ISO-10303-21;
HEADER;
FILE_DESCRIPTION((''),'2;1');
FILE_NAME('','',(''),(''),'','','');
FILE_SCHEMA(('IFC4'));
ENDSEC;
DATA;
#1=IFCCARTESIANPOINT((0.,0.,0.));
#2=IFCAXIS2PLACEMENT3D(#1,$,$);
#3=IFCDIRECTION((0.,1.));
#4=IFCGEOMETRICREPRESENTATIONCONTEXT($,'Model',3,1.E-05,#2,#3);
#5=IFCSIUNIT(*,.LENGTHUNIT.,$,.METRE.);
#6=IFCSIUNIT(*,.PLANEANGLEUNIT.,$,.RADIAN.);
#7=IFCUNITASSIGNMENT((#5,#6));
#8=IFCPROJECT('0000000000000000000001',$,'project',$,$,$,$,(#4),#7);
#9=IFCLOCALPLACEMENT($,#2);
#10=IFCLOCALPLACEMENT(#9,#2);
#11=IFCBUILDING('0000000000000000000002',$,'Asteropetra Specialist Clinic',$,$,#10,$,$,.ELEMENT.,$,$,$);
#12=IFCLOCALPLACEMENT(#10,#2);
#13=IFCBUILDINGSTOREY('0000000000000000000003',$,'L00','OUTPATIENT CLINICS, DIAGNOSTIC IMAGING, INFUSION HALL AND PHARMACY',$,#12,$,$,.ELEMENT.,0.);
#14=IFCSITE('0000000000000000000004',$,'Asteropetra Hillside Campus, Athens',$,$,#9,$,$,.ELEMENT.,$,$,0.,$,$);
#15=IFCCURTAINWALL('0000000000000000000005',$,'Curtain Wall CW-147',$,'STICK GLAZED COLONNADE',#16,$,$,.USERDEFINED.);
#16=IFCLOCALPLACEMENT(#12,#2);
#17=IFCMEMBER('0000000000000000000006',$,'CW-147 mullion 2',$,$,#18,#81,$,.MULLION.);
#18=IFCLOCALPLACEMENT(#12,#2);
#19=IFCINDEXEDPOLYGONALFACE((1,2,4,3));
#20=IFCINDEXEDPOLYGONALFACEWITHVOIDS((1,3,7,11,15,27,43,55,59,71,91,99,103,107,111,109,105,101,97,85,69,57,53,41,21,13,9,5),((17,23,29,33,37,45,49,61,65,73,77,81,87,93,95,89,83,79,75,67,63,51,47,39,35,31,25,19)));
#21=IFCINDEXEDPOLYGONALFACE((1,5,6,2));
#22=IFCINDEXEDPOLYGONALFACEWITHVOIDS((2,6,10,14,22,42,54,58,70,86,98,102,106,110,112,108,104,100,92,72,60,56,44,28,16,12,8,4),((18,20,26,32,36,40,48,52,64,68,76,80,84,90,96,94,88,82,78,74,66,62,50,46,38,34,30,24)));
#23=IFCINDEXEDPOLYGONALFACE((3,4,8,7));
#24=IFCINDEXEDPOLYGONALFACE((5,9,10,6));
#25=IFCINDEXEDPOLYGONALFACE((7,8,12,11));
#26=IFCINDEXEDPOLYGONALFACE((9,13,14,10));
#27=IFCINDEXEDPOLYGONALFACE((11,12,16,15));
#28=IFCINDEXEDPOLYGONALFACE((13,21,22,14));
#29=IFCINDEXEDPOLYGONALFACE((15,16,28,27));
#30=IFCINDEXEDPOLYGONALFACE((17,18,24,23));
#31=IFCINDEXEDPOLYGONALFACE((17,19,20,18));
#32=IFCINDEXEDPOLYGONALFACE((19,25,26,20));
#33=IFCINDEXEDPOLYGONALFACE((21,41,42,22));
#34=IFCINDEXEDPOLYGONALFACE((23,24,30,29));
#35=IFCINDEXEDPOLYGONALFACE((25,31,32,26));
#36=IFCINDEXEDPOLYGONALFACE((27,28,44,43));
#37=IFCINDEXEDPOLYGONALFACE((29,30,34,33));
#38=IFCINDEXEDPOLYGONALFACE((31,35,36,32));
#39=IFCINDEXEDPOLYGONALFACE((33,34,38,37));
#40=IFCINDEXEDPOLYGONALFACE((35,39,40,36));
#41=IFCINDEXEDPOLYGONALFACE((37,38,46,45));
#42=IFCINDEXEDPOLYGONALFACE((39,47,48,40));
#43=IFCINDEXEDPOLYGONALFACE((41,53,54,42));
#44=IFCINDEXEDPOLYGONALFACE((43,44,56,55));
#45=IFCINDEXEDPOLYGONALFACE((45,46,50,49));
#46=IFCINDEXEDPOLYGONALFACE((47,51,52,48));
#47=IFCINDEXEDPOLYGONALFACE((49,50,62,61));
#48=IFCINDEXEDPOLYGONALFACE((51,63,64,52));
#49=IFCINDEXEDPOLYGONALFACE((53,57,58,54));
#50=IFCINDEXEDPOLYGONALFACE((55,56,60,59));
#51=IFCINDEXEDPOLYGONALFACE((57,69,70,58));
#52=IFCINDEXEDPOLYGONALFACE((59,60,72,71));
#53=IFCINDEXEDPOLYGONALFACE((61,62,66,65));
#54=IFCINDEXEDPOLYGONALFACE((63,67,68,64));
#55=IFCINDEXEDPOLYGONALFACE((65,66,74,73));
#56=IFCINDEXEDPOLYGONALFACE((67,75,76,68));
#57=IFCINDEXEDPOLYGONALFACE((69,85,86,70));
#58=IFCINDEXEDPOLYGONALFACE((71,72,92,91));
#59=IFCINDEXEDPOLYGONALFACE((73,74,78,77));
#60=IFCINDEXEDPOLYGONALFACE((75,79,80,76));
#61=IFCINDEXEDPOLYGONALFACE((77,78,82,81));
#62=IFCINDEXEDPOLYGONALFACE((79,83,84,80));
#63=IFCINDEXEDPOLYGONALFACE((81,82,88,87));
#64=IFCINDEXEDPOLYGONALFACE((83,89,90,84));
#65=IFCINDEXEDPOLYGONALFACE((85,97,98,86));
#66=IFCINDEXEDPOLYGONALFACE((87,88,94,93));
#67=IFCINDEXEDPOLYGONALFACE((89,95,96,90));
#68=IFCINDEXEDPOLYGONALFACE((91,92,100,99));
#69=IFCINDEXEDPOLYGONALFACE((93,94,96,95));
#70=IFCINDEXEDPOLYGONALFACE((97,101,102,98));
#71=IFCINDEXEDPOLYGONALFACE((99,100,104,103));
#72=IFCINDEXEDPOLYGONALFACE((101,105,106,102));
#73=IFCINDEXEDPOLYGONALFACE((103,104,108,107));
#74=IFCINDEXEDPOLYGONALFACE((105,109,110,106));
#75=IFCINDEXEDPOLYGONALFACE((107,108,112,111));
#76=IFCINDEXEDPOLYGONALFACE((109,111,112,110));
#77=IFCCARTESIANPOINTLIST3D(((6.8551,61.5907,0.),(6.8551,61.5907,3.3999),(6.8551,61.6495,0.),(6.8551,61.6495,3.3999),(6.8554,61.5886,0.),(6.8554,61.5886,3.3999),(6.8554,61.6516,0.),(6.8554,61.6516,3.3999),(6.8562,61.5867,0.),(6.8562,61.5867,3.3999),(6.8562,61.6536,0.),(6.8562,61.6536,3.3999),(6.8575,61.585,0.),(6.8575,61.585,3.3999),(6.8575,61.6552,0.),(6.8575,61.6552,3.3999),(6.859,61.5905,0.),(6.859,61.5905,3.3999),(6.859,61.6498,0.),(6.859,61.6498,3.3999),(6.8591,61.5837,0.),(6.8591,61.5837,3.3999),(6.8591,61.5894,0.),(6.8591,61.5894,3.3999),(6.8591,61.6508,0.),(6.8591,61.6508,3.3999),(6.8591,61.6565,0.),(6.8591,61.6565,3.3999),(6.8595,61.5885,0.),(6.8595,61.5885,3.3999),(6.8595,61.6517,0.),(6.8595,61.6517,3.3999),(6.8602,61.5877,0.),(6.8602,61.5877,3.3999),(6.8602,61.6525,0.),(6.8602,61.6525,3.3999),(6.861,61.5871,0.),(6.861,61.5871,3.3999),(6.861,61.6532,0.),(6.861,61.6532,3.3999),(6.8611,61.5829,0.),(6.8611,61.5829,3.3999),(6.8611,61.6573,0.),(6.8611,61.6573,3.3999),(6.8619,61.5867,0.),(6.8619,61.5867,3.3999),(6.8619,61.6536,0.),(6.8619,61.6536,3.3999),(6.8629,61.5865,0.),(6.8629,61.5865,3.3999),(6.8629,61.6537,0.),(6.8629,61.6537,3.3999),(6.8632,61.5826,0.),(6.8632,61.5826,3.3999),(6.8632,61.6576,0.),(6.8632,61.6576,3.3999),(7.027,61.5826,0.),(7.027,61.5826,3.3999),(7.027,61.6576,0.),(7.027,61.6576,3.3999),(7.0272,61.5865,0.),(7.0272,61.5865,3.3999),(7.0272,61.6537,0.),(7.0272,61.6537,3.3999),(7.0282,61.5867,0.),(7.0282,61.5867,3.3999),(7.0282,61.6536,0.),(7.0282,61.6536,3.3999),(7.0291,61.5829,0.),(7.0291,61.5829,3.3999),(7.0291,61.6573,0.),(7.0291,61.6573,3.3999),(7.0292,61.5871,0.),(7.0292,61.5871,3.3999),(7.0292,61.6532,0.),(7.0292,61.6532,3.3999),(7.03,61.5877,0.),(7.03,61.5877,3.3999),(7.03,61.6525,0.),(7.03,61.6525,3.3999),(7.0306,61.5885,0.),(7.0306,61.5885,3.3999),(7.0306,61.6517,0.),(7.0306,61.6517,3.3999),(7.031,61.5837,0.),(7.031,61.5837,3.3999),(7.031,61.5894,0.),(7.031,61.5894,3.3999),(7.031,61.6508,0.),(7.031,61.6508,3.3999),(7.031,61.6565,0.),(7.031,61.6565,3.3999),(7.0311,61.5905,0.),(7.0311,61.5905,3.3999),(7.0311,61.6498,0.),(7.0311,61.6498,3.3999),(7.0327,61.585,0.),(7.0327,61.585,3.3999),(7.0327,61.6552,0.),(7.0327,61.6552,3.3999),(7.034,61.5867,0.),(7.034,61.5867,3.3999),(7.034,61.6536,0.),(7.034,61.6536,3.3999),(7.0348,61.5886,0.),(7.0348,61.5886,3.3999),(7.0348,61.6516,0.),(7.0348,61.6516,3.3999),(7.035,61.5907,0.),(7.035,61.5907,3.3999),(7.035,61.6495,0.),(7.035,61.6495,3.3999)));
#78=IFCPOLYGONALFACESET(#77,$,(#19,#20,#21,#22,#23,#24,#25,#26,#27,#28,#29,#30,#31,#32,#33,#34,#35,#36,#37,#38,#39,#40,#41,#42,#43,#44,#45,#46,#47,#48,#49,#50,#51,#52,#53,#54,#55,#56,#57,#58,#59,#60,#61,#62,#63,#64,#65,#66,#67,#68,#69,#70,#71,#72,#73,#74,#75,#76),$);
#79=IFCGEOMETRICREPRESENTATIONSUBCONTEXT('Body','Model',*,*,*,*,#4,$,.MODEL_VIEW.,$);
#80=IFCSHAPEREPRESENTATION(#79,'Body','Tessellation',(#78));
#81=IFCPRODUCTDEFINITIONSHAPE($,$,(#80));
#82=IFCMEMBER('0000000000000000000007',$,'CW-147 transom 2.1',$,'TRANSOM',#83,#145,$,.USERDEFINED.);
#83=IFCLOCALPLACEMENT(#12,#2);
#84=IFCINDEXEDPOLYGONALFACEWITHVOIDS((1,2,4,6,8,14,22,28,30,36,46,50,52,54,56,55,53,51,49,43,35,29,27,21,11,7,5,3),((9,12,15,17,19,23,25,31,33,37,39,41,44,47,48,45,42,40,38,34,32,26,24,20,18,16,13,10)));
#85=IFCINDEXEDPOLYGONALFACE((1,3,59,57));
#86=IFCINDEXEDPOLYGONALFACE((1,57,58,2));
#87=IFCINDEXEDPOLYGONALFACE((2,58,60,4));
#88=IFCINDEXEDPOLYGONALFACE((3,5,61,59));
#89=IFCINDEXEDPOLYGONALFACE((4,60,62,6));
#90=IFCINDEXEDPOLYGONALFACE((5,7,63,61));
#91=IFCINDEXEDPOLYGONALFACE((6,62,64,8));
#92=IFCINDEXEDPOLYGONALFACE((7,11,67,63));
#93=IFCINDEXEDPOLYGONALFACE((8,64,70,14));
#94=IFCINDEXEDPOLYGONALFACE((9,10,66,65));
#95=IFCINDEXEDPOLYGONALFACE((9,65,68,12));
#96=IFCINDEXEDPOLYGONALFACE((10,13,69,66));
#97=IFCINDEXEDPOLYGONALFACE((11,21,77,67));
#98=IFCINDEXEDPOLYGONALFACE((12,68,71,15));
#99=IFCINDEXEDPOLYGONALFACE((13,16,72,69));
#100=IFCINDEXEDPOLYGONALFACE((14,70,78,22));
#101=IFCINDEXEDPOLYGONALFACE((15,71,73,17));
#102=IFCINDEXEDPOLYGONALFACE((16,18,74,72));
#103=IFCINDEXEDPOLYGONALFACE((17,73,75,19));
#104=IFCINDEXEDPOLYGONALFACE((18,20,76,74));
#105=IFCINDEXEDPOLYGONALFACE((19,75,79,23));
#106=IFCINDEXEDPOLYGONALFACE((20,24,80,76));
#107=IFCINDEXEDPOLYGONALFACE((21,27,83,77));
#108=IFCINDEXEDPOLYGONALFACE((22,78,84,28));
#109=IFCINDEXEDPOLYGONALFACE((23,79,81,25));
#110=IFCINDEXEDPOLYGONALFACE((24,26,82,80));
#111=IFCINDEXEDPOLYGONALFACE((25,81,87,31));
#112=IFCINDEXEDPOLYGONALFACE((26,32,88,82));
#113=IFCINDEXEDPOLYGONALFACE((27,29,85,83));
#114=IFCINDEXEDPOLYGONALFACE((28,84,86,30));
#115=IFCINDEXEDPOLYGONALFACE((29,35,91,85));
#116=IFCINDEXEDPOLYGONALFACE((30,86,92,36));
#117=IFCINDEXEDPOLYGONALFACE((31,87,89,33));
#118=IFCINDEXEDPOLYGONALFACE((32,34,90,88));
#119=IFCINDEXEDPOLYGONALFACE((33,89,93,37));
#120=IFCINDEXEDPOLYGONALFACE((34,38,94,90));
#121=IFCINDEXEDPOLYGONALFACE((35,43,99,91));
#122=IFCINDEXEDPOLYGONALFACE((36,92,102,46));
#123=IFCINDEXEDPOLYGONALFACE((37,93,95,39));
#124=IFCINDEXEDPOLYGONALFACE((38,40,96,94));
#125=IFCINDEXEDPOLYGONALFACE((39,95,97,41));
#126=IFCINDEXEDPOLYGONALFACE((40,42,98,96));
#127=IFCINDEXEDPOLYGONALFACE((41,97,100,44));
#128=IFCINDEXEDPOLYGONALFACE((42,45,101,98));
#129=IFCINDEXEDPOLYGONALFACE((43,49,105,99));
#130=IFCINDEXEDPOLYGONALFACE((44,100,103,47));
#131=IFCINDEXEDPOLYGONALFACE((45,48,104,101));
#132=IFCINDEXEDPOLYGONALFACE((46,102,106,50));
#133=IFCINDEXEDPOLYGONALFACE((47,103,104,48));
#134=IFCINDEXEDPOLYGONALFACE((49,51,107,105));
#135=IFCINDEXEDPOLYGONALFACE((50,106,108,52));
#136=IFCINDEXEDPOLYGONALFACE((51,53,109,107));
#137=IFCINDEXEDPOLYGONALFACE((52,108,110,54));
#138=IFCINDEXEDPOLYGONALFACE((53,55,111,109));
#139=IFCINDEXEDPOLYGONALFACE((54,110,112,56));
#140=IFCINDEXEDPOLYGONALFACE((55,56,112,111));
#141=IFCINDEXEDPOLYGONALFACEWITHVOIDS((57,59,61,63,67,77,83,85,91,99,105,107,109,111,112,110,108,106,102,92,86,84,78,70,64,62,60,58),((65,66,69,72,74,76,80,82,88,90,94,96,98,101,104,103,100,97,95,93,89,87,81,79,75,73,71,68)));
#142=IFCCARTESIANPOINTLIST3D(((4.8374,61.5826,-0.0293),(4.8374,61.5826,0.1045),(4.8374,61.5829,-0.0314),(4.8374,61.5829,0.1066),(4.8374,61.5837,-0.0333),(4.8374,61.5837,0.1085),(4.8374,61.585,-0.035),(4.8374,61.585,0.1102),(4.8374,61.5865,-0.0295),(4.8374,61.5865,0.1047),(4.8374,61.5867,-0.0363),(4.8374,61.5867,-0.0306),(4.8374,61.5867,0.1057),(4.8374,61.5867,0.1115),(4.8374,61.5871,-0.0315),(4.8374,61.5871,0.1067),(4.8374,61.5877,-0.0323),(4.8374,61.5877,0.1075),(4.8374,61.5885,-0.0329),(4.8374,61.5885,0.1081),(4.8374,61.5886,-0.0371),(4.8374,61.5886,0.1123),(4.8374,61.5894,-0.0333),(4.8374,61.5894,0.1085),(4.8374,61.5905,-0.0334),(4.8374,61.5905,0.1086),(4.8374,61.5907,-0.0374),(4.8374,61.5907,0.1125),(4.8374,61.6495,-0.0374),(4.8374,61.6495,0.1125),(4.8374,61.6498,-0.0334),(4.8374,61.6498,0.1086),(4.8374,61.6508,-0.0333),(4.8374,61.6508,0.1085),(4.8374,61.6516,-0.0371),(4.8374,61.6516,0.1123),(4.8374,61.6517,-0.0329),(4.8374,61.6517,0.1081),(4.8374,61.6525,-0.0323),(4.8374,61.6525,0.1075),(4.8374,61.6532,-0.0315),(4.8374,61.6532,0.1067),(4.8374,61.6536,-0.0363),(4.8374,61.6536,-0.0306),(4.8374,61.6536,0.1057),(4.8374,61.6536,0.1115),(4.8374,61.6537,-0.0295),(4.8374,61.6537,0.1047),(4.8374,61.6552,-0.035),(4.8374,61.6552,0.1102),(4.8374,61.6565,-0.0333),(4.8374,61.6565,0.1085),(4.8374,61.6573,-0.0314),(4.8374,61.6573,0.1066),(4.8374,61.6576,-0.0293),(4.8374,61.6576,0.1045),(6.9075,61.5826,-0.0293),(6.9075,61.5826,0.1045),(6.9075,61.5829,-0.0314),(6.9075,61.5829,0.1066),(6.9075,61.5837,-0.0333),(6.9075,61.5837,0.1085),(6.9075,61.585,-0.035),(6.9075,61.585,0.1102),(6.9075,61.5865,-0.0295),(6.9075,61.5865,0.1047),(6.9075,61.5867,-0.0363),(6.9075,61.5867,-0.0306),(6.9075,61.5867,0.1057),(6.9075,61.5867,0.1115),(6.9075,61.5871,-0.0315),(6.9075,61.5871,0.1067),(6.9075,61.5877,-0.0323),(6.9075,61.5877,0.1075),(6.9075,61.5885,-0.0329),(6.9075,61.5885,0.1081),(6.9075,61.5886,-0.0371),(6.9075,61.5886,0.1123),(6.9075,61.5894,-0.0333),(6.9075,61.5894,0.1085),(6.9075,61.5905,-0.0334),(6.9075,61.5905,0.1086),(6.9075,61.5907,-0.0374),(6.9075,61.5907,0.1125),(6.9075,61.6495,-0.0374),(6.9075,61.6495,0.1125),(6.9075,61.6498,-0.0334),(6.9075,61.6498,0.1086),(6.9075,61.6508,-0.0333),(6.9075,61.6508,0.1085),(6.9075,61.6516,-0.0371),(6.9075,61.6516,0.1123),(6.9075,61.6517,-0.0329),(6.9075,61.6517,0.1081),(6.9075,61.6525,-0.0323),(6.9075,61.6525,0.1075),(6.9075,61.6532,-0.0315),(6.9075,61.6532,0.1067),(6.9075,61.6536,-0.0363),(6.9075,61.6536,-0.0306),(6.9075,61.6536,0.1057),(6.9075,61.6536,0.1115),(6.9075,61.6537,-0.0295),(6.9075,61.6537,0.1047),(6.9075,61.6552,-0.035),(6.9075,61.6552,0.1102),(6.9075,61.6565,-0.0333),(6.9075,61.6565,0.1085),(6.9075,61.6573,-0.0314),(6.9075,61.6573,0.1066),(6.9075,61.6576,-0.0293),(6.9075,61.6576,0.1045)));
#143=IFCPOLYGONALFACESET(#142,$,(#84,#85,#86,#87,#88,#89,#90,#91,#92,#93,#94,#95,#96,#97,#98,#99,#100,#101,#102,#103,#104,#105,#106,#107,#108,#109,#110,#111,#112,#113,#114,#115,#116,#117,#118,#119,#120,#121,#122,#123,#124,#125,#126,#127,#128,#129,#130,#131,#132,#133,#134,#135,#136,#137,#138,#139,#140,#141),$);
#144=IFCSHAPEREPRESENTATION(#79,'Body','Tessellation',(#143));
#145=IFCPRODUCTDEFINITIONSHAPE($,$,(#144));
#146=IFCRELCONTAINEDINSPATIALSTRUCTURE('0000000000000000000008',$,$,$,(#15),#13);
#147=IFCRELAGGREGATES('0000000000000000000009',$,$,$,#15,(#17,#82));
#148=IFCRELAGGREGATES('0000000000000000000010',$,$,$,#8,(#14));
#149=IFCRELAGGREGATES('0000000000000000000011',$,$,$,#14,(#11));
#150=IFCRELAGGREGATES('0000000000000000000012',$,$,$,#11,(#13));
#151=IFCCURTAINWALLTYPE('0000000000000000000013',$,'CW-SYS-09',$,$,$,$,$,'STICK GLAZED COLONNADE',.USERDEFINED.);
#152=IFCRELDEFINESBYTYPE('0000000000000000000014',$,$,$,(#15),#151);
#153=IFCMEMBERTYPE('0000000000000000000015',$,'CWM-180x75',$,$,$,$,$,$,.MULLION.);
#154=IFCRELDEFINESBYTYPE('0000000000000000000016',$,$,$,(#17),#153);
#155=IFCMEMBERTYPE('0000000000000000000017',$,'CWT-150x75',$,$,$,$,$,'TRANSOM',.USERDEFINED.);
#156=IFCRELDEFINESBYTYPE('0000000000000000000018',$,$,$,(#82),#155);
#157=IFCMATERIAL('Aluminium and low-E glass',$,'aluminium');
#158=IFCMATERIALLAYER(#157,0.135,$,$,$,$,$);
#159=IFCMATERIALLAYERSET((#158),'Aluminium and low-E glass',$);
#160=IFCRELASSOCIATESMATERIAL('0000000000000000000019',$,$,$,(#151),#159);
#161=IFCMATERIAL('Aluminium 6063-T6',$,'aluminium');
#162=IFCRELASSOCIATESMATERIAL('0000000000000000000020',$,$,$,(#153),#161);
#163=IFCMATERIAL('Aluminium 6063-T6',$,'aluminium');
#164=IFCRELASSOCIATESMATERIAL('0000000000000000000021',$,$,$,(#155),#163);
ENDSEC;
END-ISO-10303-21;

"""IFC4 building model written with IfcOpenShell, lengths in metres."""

from ifc_helpers import new_model, si_unit, direction, frame, origin, origin_2d, place, context, subcontext, project, spatial, hollow_rectangle, extrude, material, layer, layer_set, material_profile, profile_set, type_object, element, aggregate, save


model = new_model("IFC4")

# Units and contexts
model_context = context("Model", 3, precision=1e-05, world=origin(), true_north=direction((0.0, 1.0)))
body_context = subcontext(model_context, "Body", "Model", "MODEL_VIEW")
ifc_project = project(units=[si_unit("LENGTHUNIT", "METRE"), si_unit("PLANEANGLEUNIT", "RADIAN")], contexts=[model_context])

# Site, building, storey
site_placement = place(None, origin())
site = spatial("IfcSite", under=ifc_project, at=site_placement, Name="Asteropetra Hillside Campus, Athens", CompositionType="ELEMENT", RefElevation=0.0)
building_placement = place(site_placement, origin())
building = spatial("IfcBuilding", under=site, at=building_placement, Name="Asteropetra Specialist Clinic", CompositionType="ELEMENT")
storey_placement = place(building_placement, origin())
storey = spatial("IfcBuildingStorey", under=building, at=storey_placement, Name="L00", Description="OUTPATIENT CLINICS, DIAGNOSTIC IMAGING, INFUSION HALL AND PHARMACY", CompositionType="ELEMENT", Elevation=0.0)

# Curtain wall, members
ifc_material_1 = material(Name="Aluminium and low-E glass", Category="aluminium")
ifc_layer_1 = layer(ifc_material_1, 0.135)
ifc_layer_set_1 = layer_set([ifc_layer_1], Name="Aluminium and low-E glass")
curtain_wall_type = type_object("IfcCurtainWallType", Name="CW-SYS-09", ElementType="STICK GLAZED COLONNADE", PredefinedType="USERDEFINED", material=ifc_layer_set_1)
curtain_wall_placement = place(storey_placement, origin())
curtain_wall = element("IfcCurtainWall", 1, at=curtain_wall_placement, inside=storey, type_object=curtain_wall_type, Name="Curtain Wall CW-147", ObjectType="STICK GLAZED COLONNADE", PredefinedType="USERDEFINED")
ifc_material_2 = material(Name="Aluminium 6063-T6", Category="aluminium")
ifc_material_profile_1 = material_profile(ifc_material_2, hollow_rectangle(XDim=0.075, YDim=0.1799, WallThickness=0.0039, InnerFilletRadius=0.0039, OuterFilletRadius=0.0081, at=origin_2d()), Name="MUL 180x75x4.0")
ifc_profile_set_1 = profile_set([ifc_material_profile_1], Name="Aluminium 6063-T6")
member_type_1 = type_object("IfcMemberType", Name="CWM-180x75", PredefinedType="MULLION", material=ifc_profile_set_1)
member_1_placement = place(storey_placement, frame((6.9451, 61.6201, 0.0), z_axis=(0.0, 0.0, 1.0), x_axis=(0.0, -1.0, 0.0)))
member_1 = element("IfcMember", 2, at=member_1_placement, type_object=member_type_1, Name="CW-147 mullion 2", PredefinedType="MULLION", context=body_context, shape_type="SweptSolid", body=[
    extrude(hollow_rectangle(XDim=0.075, YDim=0.1799, WallThickness=0.0039, InnerFilletRadius=0.0039, OuterFilletRadius=0.0081, at=origin_2d()), origin(), (0.0, 0.0, 1.0), 3.3999),
])
ifc_material_3 = material(Name="Aluminium 6063-T6", Category="aluminium")
ifc_material_profile_2 = material_profile(ifc_material_3, hollow_rectangle(XDim=0.075, YDim=0.1499, WallThickness=0.0039, InnerFilletRadius=0.0039, OuterFilletRadius=0.0081, at=origin_2d()), Name="TRN 150x75x4.0")
ifc_profile_set_2 = profile_set([ifc_material_profile_2], Name="Aluminium 6063-T6")
member_type_2 = type_object("IfcMemberType", Name="CWT-150x75", ElementType="TRANSOM", PredefinedType="USERDEFINED", material=ifc_profile_set_2)
member_2_placement = place(storey_placement, frame((6.9075, 61.6201, 0.0376), z_axis=(-1.0, 0.0, 0.0), x_axis=(0.0, -1.0, 0.0)))
member_2 = element("IfcMember", 3, at=member_2_placement, type_object=member_type_2, Name="CW-147 transom 2.1", ObjectType="TRANSOM", PredefinedType="USERDEFINED", context=body_context, shape_type="SweptSolid", body=[
    extrude(hollow_rectangle(XDim=0.075, YDim=0.1499, WallThickness=0.0039, InnerFilletRadius=0.0039, OuterFilletRadius=0.0081, at=origin_2d()), origin(), (0.0, 0.0, 1.0), 2.0701),
])

aggregate(curtain_wall, [member_1, member_2])

save(model, "model.ifc")
